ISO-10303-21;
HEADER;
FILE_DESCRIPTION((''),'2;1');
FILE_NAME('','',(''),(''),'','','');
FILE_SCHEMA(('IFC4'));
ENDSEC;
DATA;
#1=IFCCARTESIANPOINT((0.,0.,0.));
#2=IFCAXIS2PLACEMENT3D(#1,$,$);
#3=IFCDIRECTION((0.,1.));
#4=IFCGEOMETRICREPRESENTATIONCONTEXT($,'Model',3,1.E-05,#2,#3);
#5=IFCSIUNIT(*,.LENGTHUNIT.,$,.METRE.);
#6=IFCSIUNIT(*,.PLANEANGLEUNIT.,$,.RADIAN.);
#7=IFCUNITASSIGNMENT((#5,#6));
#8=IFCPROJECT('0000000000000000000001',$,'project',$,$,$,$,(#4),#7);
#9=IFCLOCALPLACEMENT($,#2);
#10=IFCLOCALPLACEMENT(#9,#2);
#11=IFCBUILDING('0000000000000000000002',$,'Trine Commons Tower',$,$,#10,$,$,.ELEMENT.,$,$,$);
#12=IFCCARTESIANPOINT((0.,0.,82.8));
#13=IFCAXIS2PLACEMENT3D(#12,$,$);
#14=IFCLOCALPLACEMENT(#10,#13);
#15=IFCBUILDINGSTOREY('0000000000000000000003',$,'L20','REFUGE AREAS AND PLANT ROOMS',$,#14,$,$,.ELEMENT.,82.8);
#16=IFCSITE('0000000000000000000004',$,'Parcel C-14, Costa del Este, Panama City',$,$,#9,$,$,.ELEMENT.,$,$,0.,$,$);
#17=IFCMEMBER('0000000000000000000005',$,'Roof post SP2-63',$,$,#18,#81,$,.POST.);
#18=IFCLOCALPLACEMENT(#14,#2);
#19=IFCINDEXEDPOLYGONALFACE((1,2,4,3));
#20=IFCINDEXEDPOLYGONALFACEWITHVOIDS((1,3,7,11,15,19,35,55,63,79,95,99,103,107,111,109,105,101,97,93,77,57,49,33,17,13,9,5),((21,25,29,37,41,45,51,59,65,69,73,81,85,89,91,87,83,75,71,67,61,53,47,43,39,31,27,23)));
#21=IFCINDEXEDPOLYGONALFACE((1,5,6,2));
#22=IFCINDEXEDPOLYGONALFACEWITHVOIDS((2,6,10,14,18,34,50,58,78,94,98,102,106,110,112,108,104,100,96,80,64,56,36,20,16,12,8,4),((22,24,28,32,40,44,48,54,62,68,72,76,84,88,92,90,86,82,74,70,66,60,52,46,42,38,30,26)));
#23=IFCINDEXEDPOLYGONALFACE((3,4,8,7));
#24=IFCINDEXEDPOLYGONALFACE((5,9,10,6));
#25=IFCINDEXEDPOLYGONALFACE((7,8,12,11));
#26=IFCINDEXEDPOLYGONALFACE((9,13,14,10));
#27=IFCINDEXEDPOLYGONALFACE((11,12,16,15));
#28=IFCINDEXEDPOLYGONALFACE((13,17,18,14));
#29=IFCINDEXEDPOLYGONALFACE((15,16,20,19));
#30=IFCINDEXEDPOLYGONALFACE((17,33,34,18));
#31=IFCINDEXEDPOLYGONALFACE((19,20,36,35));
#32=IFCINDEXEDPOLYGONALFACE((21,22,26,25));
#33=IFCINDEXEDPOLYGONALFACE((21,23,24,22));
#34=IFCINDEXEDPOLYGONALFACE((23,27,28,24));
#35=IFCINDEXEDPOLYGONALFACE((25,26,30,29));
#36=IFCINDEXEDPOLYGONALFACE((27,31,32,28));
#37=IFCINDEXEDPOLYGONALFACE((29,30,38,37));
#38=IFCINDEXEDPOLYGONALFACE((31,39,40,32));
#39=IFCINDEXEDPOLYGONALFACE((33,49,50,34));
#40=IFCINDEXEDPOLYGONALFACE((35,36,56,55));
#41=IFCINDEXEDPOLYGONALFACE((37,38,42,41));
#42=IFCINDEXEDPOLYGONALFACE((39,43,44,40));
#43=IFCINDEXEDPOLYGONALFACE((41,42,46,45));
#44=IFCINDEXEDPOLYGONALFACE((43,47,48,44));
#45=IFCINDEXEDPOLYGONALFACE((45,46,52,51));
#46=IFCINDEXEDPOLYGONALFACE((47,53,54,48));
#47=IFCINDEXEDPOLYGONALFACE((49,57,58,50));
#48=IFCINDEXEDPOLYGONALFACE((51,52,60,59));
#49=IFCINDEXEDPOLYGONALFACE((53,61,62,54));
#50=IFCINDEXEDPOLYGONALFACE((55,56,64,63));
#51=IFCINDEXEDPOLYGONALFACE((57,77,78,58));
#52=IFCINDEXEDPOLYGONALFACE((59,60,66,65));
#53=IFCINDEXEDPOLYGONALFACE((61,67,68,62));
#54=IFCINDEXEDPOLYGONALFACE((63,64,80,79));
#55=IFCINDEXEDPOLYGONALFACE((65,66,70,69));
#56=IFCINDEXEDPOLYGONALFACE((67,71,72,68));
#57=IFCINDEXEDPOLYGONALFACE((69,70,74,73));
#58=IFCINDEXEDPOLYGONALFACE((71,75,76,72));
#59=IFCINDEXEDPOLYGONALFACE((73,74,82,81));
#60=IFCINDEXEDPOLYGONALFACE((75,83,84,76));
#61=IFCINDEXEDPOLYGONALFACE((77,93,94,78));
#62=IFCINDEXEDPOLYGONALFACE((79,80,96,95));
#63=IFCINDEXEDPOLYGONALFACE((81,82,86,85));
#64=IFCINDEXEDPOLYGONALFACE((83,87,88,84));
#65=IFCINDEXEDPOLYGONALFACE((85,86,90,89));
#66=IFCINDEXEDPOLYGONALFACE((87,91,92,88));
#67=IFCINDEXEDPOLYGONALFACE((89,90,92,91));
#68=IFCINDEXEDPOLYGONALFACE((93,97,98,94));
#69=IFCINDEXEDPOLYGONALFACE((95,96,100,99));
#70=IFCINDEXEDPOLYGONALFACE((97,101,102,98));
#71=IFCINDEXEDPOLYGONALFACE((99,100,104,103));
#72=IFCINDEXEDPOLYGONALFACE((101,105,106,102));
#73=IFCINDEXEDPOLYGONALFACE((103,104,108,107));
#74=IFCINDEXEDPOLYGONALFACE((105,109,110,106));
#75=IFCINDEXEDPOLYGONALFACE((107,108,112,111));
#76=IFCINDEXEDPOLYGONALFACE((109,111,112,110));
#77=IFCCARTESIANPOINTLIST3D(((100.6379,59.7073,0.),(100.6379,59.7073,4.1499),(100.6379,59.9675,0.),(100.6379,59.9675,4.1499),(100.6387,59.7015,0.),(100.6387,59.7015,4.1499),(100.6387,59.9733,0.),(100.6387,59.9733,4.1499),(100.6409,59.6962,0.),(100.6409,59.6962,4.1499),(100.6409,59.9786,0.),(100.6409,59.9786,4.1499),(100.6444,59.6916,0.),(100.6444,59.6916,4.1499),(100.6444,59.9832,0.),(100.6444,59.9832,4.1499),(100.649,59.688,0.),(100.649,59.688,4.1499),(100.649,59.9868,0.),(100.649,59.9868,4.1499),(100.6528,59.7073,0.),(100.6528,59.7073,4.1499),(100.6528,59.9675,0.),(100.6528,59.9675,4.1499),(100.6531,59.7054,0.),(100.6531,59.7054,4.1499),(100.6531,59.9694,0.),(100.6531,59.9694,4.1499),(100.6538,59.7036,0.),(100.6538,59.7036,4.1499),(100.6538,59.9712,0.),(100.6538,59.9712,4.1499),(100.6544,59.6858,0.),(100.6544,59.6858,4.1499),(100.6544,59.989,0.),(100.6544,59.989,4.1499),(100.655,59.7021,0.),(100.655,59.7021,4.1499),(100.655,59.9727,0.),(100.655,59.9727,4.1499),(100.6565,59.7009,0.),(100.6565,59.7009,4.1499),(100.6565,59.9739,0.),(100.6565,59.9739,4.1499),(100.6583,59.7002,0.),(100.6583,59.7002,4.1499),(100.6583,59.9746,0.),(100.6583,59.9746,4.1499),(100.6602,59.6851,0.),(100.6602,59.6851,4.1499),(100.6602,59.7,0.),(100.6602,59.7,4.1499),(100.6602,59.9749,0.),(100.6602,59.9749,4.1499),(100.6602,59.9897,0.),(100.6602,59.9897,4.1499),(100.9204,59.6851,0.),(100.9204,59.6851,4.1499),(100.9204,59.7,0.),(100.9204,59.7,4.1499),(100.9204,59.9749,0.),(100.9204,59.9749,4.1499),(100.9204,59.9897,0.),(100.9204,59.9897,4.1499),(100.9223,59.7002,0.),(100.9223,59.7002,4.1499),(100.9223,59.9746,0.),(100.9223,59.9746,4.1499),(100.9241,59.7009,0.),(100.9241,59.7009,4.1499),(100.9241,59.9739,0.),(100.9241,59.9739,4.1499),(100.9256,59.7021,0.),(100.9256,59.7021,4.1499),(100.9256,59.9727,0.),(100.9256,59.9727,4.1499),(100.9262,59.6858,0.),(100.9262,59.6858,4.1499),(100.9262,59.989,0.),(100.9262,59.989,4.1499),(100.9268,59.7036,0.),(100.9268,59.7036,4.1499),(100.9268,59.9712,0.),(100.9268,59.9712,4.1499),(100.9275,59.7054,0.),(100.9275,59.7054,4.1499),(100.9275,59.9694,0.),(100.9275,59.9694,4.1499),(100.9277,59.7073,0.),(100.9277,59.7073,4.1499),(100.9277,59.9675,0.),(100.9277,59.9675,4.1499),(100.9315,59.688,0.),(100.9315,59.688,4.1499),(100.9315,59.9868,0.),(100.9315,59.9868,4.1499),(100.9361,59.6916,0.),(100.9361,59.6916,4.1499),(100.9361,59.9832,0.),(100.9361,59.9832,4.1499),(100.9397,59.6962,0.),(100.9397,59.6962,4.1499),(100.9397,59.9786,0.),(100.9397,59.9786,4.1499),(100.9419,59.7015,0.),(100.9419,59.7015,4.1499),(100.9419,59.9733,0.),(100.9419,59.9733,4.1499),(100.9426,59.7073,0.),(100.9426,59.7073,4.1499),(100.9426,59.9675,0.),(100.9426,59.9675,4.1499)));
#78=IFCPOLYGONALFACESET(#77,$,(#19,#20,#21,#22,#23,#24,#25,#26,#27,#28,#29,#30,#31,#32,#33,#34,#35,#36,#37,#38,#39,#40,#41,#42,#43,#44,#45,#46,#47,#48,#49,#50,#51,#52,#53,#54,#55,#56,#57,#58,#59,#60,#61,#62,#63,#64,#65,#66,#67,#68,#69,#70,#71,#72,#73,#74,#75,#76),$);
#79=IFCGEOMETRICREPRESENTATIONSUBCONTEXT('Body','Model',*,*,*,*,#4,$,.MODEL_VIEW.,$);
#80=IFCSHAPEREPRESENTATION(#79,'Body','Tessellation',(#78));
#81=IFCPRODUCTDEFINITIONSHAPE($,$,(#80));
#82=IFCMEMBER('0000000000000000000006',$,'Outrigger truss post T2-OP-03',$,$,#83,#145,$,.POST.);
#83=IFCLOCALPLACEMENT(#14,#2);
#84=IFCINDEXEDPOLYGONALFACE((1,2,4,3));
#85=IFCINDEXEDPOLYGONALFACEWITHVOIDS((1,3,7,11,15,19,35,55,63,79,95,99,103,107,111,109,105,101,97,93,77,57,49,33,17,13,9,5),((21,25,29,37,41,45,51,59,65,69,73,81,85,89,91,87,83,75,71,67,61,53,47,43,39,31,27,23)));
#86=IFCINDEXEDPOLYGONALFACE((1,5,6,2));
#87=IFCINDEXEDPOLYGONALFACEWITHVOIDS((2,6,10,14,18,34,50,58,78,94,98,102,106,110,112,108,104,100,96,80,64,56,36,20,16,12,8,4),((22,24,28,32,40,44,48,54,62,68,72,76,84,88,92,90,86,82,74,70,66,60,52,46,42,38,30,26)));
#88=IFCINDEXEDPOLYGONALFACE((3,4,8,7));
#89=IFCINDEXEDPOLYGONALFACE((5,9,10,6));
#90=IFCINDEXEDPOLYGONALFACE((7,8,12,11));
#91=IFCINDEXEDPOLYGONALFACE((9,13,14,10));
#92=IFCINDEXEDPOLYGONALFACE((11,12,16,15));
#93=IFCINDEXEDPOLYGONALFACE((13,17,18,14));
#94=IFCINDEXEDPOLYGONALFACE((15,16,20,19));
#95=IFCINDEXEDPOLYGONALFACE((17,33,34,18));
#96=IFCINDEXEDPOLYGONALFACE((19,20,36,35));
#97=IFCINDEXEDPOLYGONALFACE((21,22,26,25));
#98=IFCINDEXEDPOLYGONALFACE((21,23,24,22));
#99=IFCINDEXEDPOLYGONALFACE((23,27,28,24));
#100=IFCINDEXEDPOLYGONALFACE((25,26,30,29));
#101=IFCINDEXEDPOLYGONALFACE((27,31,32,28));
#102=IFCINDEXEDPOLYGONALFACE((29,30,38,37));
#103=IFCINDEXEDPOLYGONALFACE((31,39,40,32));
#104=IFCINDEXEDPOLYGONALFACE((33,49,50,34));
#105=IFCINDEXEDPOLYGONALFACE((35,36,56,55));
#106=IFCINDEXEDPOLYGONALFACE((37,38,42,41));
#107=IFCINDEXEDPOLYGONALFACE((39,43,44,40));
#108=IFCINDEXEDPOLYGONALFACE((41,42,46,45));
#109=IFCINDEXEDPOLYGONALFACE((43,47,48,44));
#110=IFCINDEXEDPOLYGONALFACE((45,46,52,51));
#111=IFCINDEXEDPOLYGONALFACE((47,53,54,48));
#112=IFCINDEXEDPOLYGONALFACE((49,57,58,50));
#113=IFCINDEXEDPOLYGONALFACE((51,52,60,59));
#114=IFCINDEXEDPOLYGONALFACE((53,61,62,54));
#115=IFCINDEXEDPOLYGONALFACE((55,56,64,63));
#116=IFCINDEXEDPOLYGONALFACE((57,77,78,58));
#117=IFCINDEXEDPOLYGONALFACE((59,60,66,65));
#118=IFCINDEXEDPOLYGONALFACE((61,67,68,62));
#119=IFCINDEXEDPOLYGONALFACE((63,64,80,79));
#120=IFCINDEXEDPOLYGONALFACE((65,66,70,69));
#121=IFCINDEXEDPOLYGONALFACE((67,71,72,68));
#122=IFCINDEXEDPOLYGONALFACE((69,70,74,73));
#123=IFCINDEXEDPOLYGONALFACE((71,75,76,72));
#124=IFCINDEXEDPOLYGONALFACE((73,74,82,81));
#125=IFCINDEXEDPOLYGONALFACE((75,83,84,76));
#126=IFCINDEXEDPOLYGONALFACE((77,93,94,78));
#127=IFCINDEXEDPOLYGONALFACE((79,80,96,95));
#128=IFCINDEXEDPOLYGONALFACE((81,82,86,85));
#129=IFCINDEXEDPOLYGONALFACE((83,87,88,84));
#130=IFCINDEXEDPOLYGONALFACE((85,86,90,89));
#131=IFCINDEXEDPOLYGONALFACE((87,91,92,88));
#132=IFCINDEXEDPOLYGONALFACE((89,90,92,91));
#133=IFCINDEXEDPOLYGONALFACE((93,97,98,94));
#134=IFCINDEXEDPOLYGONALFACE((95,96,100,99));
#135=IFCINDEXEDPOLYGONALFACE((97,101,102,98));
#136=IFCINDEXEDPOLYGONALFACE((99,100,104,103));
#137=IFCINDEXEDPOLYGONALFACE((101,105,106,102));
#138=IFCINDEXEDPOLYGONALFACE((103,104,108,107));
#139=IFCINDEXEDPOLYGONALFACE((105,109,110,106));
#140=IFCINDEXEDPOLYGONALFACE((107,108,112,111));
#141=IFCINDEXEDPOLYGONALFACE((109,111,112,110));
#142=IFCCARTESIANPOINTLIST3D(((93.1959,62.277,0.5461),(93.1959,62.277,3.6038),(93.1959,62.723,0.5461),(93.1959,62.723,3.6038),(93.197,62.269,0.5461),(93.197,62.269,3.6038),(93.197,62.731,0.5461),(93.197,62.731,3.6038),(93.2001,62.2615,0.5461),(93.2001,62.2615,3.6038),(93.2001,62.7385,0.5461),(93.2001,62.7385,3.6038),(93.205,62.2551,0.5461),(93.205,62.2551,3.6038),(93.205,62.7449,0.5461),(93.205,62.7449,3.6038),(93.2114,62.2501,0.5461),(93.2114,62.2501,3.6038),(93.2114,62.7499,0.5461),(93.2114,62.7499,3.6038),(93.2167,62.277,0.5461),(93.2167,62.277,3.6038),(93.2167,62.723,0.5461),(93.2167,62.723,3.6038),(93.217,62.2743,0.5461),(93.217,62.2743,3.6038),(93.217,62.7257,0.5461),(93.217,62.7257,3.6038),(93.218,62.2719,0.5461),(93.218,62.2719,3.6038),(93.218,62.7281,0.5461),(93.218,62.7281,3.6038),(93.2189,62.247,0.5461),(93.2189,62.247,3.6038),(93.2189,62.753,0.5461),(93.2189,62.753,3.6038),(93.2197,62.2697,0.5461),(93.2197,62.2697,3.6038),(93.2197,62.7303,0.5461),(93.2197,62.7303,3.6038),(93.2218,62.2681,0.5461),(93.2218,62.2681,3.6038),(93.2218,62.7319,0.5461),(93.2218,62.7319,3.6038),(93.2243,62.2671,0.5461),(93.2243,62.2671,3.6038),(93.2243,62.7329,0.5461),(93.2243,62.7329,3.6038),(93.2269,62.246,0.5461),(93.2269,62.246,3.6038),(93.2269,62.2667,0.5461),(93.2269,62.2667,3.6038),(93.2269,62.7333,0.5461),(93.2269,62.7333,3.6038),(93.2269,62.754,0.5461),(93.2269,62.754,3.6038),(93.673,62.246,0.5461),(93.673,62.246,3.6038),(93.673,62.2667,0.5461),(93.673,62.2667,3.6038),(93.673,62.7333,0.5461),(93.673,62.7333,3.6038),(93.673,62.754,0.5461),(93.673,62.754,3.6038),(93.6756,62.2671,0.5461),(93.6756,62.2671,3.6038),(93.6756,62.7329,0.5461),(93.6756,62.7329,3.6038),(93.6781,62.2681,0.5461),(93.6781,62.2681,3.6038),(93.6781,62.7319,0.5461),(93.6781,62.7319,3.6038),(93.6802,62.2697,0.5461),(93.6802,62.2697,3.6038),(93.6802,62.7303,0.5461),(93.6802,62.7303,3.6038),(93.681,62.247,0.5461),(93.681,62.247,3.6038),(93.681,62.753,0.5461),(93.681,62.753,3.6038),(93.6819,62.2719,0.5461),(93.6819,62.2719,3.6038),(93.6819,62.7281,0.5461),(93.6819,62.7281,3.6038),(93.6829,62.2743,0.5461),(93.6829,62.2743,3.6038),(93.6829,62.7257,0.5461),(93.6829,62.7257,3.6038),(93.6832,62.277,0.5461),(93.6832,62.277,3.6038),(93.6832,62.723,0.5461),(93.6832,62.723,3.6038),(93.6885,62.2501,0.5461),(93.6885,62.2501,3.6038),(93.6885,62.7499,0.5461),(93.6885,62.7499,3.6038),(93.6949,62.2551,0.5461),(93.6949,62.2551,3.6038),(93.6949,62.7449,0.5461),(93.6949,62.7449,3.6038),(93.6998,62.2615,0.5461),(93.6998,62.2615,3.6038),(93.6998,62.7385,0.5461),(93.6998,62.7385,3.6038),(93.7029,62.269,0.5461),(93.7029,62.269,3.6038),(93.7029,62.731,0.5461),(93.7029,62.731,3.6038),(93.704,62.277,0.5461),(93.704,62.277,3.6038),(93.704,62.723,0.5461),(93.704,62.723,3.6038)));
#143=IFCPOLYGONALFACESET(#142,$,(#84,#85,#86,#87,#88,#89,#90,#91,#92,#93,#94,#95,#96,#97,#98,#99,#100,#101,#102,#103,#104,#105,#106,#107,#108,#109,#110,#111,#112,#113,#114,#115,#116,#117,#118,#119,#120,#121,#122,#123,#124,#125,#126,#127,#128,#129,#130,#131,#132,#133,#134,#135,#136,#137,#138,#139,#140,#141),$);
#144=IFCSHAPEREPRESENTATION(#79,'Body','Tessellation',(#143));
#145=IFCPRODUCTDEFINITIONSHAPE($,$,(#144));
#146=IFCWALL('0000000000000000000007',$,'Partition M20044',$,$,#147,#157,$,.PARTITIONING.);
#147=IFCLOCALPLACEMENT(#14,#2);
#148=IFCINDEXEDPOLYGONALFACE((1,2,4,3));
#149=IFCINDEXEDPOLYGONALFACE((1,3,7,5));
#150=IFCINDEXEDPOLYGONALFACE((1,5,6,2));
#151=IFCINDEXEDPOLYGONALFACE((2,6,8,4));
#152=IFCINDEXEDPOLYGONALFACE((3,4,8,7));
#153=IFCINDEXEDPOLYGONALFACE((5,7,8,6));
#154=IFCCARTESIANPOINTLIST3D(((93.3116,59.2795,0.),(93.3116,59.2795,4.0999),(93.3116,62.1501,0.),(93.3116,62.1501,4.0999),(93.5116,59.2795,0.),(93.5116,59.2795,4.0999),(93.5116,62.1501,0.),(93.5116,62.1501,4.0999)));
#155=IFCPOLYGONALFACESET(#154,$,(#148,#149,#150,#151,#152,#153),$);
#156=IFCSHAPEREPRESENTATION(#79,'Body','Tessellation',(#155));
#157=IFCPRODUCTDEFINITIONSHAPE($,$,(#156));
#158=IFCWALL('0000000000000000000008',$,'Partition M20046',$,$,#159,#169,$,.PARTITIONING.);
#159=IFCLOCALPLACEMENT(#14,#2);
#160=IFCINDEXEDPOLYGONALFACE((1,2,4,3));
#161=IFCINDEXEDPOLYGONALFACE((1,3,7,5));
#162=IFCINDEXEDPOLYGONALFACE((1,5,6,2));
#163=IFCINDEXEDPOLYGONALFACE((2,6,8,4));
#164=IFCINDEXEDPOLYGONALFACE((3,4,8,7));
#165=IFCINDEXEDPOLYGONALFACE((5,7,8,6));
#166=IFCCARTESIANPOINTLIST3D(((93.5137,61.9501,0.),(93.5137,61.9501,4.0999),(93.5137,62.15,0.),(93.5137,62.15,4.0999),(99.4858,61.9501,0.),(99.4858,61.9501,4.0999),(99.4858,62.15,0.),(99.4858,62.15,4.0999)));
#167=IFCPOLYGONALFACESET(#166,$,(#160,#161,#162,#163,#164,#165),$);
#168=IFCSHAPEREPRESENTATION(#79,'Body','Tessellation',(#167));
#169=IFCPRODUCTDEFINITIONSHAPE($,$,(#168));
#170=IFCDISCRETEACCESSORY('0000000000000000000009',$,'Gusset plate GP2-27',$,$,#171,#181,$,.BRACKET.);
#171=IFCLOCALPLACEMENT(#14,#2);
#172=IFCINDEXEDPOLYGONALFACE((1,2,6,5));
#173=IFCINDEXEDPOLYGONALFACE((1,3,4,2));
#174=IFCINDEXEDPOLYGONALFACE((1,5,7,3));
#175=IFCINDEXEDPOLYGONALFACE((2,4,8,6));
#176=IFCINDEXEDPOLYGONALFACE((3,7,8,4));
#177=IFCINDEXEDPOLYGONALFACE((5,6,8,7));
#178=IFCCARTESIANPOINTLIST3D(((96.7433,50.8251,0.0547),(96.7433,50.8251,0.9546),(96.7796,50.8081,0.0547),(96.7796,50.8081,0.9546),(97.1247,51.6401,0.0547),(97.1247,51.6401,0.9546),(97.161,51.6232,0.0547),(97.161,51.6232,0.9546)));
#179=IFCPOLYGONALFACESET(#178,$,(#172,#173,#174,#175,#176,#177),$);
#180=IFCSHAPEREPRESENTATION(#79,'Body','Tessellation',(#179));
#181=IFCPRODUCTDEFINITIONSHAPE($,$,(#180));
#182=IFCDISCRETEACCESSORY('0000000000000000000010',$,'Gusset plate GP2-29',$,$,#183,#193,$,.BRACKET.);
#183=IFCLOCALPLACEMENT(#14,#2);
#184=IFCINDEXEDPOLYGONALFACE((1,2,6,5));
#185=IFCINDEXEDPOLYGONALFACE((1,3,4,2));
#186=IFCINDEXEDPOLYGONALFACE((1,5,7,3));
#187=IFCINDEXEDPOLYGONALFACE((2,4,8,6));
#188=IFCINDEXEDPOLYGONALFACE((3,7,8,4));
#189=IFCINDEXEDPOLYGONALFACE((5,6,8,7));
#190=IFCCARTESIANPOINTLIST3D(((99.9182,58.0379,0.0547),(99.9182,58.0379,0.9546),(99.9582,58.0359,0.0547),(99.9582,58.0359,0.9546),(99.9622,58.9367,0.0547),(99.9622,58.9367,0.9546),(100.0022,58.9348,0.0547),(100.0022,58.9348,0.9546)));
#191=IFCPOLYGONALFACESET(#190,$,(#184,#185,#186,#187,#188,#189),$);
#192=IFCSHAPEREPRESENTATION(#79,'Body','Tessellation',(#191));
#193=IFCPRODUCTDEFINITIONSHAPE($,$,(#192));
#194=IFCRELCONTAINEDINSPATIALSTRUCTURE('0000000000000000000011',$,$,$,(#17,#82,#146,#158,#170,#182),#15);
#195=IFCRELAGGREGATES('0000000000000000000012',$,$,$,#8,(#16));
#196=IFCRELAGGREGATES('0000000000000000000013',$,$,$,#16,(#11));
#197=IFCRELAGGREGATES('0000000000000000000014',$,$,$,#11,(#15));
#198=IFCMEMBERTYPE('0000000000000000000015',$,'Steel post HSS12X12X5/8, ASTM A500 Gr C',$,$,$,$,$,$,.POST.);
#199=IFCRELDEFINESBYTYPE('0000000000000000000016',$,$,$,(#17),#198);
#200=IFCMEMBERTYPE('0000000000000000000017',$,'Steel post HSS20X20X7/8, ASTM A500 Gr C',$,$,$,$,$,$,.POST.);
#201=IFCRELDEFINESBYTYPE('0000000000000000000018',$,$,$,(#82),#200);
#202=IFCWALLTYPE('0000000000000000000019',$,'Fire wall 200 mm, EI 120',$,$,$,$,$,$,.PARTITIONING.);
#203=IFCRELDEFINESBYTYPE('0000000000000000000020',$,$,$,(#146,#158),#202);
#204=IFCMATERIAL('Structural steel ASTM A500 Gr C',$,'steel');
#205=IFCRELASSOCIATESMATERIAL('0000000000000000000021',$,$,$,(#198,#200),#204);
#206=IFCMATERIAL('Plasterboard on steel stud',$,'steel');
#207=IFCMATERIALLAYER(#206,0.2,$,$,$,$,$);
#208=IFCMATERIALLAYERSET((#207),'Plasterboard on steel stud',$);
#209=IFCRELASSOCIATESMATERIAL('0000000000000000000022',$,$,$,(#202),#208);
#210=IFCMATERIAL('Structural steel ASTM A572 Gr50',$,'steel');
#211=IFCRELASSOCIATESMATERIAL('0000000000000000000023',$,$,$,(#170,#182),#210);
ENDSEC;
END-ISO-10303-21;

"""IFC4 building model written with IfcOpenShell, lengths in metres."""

from ifc_helpers import new_model, si_unit, direction, frame, frame_2d, origin, origin_2d, place, context, subcontext, project, spatial, rectangle, hollow_rectangle, extrude, material, layer, layer_set, material_profile, profile_set, type_object, element, save


model = new_model("IFC4")

# Units and contexts
model_context = context("Model", 3, precision=1e-05, world=origin(), true_north=direction((0.0, 1.0)))
body_context = subcontext(model_context, "Body", "Model", "MODEL_VIEW")
ifc_project = project(units=[si_unit("LENGTHUNIT", "METRE"), si_unit("PLANEANGLEUNIT", "RADIAN")], contexts=[model_context])

# Site, building, storey
site_placement = place(None, origin())
site = spatial("IfcSite", under=ifc_project, at=site_placement, Name="Parcel C-14, Costa del Este, Panama City", CompositionType="ELEMENT", RefElevation=0.0)
building_placement = place(site_placement, origin())
building = spatial("IfcBuilding", under=site, at=building_placement, Name="Trine Commons Tower", CompositionType="ELEMENT")
storey_placement = place(building_placement, frame((0.0, 0.0, 82.8)))
storey = spatial("IfcBuildingStorey", under=building, at=storey_placement, Name="L20", Description="REFUGE AREAS AND PLANT ROOMS", CompositionType="ELEMENT", Elevation=82.8)

# Members
ifc_material_1 = material(Name="Structural steel ASTM A500 Gr C", Category="steel")
ifc_material_profile_1 = material_profile(ifc_material_1, hollow_rectangle(XDim=0.3047, YDim=0.3047, WallThickness=0.0149, InnerFilletRadius=0.0073, OuterFilletRadius=0.0222, at=origin_2d()), Name="HSS12X12X5/8")
ifc_profile_set_1 = profile_set([ifc_material_profile_1], Name="Structural steel ASTM A500 Gr C")
member_type_1 = type_object("IfcMemberType", Name="Steel post HSS12X12X5/8, ASTM A500 Gr C", PredefinedType="POST", material=ifc_profile_set_1)
member_1_placement = place(storey_placement, frame((100.7903, 59.8374, 0.0), z_axis=(0.0, 0.0, 1.0), x_axis=(1.0, 0.0, 0.0)))
element("IfcMember", 1, at=member_1_placement, inside=storey, type_object=member_type_1, Name="Roof post SP2-63", PredefinedType="POST", context=body_context, shape_type="SweptSolid", body=[
    extrude(hollow_rectangle(XDim=0.3047, YDim=0.3047, WallThickness=0.0149, InnerFilletRadius=0.0073, OuterFilletRadius=0.0222, at=origin_2d()), origin(), (0.0, 0.0, 1.0), 4.1499),
])
ifc_material_profile_2 = material_profile(ifc_material_1, hollow_rectangle(XDim=0.5081, YDim=0.5081, WallThickness=0.0208, InnerFilletRadius=0.0103, OuterFilletRadius=0.031, at=origin_2d()), Name="HSS20X20X7/8")
ifc_profile_set_2 = profile_set([ifc_material_profile_2], Name="Structural steel ASTM A500 Gr C")
member_type_2 = type_object("IfcMemberType", Name="Steel post HSS20X20X7/8, ASTM A500 Gr C", PredefinedType="POST", material=ifc_profile_set_2)
member_2_placement = place(storey_placement, frame((93.45, 62.5, 0.5461), z_axis=(0.0, 0.0, 1.0), x_axis=(1.0, 0.0, 0.0)))
element("IfcMember", 2, at=member_2_placement, inside=storey, type_object=member_type_2, Name="Outrigger truss post T2-OP-03", PredefinedType="POST", context=body_context, shape_type="SweptSolid", body=[
    extrude(hollow_rectangle(XDim=0.5081, YDim=0.5081, WallThickness=0.0208, InnerFilletRadius=0.0103, OuterFilletRadius=0.031, at=origin_2d()), origin(), (0.0, 0.0, 1.0), 3.0576),
])

# Walls
ifc_material_2 = material(Name="Plasterboard on steel stud", Category="steel")
ifc_layer = layer(ifc_material_2, 0.2)
ifc_layer_set = layer_set([ifc_layer], Name="Plasterboard on steel stud")
wall_type = type_object("IfcWallType", Name="Fire wall 200 mm, EI 120", PredefinedType="PARTITIONING", material=ifc_layer_set)
wall_1_placement = place(storey_placement, frame((93.4116, 59.2795, 0.0), z_axis=(0.0, 0.0, 1.0), x_axis=(0.0, 1.0, 0.0)))
element("IfcWall", 3, at=wall_1_placement, inside=storey, type_object=wall_type, Name="Partition M20044", PredefinedType="PARTITIONING", context=body_context, shape_type="SweptSolid", body=[
    extrude(rectangle(XDim=2.8706, YDim=0.2, at=frame_2d((1.4353, 0.0))), origin(), (0.0, 0.0, 1.0), 4.0999),
])
wall_2_placement = place(storey_placement, frame((93.5137, 62.05, 0.0), z_axis=(0.0, 0.0, 1.0), x_axis=(1.0, 0.0, 0.0)))
element("IfcWall", 4, at=wall_2_placement, inside=storey, type_object=wall_type, Name="Partition M20046", PredefinedType="PARTITIONING", context=body_context, shape_type="SweptSolid", body=[
    extrude(rectangle(XDim=5.9722, YDim=0.2, at=frame_2d((2.9861, 0.0))), origin(), (0.0, 0.0, 1.0), 4.0999),
])

# Discrete accessories
ifc_material_3 = material(Name="Structural steel ASTM A572 Gr50", Category="steel")
for number, where, z_axis, x_axis, name in (
    (5, (96.9521, 51.2241, 0.0547), (0.0, 0.0, 1.0), (0.423836, 0.905739, 0.0), "Gusset plate GP2-27"),
    (6, (99.9602, 58.4863, 0.0547), (0.0, 0.0, 1.0), (0.048832, 0.998807, 0.0), "Gusset plate GP2-29"),
):
    element("IfcDiscreteAccessory", number, at=place(storey_placement, frame(where, z_axis=z_axis, x_axis=x_axis)), inside=storey, material=ifc_material_3, Name=name, PredefinedType="BRACKET", context=body_context, shape_type="SweptSolid", body=[
        extrude(rectangle(XDim=0.8999, YDim=0.04, at=origin_2d()), origin(), (0.0, 0.0, 1.0), 0.8999),
    ])

save(model, "model.ifc")
